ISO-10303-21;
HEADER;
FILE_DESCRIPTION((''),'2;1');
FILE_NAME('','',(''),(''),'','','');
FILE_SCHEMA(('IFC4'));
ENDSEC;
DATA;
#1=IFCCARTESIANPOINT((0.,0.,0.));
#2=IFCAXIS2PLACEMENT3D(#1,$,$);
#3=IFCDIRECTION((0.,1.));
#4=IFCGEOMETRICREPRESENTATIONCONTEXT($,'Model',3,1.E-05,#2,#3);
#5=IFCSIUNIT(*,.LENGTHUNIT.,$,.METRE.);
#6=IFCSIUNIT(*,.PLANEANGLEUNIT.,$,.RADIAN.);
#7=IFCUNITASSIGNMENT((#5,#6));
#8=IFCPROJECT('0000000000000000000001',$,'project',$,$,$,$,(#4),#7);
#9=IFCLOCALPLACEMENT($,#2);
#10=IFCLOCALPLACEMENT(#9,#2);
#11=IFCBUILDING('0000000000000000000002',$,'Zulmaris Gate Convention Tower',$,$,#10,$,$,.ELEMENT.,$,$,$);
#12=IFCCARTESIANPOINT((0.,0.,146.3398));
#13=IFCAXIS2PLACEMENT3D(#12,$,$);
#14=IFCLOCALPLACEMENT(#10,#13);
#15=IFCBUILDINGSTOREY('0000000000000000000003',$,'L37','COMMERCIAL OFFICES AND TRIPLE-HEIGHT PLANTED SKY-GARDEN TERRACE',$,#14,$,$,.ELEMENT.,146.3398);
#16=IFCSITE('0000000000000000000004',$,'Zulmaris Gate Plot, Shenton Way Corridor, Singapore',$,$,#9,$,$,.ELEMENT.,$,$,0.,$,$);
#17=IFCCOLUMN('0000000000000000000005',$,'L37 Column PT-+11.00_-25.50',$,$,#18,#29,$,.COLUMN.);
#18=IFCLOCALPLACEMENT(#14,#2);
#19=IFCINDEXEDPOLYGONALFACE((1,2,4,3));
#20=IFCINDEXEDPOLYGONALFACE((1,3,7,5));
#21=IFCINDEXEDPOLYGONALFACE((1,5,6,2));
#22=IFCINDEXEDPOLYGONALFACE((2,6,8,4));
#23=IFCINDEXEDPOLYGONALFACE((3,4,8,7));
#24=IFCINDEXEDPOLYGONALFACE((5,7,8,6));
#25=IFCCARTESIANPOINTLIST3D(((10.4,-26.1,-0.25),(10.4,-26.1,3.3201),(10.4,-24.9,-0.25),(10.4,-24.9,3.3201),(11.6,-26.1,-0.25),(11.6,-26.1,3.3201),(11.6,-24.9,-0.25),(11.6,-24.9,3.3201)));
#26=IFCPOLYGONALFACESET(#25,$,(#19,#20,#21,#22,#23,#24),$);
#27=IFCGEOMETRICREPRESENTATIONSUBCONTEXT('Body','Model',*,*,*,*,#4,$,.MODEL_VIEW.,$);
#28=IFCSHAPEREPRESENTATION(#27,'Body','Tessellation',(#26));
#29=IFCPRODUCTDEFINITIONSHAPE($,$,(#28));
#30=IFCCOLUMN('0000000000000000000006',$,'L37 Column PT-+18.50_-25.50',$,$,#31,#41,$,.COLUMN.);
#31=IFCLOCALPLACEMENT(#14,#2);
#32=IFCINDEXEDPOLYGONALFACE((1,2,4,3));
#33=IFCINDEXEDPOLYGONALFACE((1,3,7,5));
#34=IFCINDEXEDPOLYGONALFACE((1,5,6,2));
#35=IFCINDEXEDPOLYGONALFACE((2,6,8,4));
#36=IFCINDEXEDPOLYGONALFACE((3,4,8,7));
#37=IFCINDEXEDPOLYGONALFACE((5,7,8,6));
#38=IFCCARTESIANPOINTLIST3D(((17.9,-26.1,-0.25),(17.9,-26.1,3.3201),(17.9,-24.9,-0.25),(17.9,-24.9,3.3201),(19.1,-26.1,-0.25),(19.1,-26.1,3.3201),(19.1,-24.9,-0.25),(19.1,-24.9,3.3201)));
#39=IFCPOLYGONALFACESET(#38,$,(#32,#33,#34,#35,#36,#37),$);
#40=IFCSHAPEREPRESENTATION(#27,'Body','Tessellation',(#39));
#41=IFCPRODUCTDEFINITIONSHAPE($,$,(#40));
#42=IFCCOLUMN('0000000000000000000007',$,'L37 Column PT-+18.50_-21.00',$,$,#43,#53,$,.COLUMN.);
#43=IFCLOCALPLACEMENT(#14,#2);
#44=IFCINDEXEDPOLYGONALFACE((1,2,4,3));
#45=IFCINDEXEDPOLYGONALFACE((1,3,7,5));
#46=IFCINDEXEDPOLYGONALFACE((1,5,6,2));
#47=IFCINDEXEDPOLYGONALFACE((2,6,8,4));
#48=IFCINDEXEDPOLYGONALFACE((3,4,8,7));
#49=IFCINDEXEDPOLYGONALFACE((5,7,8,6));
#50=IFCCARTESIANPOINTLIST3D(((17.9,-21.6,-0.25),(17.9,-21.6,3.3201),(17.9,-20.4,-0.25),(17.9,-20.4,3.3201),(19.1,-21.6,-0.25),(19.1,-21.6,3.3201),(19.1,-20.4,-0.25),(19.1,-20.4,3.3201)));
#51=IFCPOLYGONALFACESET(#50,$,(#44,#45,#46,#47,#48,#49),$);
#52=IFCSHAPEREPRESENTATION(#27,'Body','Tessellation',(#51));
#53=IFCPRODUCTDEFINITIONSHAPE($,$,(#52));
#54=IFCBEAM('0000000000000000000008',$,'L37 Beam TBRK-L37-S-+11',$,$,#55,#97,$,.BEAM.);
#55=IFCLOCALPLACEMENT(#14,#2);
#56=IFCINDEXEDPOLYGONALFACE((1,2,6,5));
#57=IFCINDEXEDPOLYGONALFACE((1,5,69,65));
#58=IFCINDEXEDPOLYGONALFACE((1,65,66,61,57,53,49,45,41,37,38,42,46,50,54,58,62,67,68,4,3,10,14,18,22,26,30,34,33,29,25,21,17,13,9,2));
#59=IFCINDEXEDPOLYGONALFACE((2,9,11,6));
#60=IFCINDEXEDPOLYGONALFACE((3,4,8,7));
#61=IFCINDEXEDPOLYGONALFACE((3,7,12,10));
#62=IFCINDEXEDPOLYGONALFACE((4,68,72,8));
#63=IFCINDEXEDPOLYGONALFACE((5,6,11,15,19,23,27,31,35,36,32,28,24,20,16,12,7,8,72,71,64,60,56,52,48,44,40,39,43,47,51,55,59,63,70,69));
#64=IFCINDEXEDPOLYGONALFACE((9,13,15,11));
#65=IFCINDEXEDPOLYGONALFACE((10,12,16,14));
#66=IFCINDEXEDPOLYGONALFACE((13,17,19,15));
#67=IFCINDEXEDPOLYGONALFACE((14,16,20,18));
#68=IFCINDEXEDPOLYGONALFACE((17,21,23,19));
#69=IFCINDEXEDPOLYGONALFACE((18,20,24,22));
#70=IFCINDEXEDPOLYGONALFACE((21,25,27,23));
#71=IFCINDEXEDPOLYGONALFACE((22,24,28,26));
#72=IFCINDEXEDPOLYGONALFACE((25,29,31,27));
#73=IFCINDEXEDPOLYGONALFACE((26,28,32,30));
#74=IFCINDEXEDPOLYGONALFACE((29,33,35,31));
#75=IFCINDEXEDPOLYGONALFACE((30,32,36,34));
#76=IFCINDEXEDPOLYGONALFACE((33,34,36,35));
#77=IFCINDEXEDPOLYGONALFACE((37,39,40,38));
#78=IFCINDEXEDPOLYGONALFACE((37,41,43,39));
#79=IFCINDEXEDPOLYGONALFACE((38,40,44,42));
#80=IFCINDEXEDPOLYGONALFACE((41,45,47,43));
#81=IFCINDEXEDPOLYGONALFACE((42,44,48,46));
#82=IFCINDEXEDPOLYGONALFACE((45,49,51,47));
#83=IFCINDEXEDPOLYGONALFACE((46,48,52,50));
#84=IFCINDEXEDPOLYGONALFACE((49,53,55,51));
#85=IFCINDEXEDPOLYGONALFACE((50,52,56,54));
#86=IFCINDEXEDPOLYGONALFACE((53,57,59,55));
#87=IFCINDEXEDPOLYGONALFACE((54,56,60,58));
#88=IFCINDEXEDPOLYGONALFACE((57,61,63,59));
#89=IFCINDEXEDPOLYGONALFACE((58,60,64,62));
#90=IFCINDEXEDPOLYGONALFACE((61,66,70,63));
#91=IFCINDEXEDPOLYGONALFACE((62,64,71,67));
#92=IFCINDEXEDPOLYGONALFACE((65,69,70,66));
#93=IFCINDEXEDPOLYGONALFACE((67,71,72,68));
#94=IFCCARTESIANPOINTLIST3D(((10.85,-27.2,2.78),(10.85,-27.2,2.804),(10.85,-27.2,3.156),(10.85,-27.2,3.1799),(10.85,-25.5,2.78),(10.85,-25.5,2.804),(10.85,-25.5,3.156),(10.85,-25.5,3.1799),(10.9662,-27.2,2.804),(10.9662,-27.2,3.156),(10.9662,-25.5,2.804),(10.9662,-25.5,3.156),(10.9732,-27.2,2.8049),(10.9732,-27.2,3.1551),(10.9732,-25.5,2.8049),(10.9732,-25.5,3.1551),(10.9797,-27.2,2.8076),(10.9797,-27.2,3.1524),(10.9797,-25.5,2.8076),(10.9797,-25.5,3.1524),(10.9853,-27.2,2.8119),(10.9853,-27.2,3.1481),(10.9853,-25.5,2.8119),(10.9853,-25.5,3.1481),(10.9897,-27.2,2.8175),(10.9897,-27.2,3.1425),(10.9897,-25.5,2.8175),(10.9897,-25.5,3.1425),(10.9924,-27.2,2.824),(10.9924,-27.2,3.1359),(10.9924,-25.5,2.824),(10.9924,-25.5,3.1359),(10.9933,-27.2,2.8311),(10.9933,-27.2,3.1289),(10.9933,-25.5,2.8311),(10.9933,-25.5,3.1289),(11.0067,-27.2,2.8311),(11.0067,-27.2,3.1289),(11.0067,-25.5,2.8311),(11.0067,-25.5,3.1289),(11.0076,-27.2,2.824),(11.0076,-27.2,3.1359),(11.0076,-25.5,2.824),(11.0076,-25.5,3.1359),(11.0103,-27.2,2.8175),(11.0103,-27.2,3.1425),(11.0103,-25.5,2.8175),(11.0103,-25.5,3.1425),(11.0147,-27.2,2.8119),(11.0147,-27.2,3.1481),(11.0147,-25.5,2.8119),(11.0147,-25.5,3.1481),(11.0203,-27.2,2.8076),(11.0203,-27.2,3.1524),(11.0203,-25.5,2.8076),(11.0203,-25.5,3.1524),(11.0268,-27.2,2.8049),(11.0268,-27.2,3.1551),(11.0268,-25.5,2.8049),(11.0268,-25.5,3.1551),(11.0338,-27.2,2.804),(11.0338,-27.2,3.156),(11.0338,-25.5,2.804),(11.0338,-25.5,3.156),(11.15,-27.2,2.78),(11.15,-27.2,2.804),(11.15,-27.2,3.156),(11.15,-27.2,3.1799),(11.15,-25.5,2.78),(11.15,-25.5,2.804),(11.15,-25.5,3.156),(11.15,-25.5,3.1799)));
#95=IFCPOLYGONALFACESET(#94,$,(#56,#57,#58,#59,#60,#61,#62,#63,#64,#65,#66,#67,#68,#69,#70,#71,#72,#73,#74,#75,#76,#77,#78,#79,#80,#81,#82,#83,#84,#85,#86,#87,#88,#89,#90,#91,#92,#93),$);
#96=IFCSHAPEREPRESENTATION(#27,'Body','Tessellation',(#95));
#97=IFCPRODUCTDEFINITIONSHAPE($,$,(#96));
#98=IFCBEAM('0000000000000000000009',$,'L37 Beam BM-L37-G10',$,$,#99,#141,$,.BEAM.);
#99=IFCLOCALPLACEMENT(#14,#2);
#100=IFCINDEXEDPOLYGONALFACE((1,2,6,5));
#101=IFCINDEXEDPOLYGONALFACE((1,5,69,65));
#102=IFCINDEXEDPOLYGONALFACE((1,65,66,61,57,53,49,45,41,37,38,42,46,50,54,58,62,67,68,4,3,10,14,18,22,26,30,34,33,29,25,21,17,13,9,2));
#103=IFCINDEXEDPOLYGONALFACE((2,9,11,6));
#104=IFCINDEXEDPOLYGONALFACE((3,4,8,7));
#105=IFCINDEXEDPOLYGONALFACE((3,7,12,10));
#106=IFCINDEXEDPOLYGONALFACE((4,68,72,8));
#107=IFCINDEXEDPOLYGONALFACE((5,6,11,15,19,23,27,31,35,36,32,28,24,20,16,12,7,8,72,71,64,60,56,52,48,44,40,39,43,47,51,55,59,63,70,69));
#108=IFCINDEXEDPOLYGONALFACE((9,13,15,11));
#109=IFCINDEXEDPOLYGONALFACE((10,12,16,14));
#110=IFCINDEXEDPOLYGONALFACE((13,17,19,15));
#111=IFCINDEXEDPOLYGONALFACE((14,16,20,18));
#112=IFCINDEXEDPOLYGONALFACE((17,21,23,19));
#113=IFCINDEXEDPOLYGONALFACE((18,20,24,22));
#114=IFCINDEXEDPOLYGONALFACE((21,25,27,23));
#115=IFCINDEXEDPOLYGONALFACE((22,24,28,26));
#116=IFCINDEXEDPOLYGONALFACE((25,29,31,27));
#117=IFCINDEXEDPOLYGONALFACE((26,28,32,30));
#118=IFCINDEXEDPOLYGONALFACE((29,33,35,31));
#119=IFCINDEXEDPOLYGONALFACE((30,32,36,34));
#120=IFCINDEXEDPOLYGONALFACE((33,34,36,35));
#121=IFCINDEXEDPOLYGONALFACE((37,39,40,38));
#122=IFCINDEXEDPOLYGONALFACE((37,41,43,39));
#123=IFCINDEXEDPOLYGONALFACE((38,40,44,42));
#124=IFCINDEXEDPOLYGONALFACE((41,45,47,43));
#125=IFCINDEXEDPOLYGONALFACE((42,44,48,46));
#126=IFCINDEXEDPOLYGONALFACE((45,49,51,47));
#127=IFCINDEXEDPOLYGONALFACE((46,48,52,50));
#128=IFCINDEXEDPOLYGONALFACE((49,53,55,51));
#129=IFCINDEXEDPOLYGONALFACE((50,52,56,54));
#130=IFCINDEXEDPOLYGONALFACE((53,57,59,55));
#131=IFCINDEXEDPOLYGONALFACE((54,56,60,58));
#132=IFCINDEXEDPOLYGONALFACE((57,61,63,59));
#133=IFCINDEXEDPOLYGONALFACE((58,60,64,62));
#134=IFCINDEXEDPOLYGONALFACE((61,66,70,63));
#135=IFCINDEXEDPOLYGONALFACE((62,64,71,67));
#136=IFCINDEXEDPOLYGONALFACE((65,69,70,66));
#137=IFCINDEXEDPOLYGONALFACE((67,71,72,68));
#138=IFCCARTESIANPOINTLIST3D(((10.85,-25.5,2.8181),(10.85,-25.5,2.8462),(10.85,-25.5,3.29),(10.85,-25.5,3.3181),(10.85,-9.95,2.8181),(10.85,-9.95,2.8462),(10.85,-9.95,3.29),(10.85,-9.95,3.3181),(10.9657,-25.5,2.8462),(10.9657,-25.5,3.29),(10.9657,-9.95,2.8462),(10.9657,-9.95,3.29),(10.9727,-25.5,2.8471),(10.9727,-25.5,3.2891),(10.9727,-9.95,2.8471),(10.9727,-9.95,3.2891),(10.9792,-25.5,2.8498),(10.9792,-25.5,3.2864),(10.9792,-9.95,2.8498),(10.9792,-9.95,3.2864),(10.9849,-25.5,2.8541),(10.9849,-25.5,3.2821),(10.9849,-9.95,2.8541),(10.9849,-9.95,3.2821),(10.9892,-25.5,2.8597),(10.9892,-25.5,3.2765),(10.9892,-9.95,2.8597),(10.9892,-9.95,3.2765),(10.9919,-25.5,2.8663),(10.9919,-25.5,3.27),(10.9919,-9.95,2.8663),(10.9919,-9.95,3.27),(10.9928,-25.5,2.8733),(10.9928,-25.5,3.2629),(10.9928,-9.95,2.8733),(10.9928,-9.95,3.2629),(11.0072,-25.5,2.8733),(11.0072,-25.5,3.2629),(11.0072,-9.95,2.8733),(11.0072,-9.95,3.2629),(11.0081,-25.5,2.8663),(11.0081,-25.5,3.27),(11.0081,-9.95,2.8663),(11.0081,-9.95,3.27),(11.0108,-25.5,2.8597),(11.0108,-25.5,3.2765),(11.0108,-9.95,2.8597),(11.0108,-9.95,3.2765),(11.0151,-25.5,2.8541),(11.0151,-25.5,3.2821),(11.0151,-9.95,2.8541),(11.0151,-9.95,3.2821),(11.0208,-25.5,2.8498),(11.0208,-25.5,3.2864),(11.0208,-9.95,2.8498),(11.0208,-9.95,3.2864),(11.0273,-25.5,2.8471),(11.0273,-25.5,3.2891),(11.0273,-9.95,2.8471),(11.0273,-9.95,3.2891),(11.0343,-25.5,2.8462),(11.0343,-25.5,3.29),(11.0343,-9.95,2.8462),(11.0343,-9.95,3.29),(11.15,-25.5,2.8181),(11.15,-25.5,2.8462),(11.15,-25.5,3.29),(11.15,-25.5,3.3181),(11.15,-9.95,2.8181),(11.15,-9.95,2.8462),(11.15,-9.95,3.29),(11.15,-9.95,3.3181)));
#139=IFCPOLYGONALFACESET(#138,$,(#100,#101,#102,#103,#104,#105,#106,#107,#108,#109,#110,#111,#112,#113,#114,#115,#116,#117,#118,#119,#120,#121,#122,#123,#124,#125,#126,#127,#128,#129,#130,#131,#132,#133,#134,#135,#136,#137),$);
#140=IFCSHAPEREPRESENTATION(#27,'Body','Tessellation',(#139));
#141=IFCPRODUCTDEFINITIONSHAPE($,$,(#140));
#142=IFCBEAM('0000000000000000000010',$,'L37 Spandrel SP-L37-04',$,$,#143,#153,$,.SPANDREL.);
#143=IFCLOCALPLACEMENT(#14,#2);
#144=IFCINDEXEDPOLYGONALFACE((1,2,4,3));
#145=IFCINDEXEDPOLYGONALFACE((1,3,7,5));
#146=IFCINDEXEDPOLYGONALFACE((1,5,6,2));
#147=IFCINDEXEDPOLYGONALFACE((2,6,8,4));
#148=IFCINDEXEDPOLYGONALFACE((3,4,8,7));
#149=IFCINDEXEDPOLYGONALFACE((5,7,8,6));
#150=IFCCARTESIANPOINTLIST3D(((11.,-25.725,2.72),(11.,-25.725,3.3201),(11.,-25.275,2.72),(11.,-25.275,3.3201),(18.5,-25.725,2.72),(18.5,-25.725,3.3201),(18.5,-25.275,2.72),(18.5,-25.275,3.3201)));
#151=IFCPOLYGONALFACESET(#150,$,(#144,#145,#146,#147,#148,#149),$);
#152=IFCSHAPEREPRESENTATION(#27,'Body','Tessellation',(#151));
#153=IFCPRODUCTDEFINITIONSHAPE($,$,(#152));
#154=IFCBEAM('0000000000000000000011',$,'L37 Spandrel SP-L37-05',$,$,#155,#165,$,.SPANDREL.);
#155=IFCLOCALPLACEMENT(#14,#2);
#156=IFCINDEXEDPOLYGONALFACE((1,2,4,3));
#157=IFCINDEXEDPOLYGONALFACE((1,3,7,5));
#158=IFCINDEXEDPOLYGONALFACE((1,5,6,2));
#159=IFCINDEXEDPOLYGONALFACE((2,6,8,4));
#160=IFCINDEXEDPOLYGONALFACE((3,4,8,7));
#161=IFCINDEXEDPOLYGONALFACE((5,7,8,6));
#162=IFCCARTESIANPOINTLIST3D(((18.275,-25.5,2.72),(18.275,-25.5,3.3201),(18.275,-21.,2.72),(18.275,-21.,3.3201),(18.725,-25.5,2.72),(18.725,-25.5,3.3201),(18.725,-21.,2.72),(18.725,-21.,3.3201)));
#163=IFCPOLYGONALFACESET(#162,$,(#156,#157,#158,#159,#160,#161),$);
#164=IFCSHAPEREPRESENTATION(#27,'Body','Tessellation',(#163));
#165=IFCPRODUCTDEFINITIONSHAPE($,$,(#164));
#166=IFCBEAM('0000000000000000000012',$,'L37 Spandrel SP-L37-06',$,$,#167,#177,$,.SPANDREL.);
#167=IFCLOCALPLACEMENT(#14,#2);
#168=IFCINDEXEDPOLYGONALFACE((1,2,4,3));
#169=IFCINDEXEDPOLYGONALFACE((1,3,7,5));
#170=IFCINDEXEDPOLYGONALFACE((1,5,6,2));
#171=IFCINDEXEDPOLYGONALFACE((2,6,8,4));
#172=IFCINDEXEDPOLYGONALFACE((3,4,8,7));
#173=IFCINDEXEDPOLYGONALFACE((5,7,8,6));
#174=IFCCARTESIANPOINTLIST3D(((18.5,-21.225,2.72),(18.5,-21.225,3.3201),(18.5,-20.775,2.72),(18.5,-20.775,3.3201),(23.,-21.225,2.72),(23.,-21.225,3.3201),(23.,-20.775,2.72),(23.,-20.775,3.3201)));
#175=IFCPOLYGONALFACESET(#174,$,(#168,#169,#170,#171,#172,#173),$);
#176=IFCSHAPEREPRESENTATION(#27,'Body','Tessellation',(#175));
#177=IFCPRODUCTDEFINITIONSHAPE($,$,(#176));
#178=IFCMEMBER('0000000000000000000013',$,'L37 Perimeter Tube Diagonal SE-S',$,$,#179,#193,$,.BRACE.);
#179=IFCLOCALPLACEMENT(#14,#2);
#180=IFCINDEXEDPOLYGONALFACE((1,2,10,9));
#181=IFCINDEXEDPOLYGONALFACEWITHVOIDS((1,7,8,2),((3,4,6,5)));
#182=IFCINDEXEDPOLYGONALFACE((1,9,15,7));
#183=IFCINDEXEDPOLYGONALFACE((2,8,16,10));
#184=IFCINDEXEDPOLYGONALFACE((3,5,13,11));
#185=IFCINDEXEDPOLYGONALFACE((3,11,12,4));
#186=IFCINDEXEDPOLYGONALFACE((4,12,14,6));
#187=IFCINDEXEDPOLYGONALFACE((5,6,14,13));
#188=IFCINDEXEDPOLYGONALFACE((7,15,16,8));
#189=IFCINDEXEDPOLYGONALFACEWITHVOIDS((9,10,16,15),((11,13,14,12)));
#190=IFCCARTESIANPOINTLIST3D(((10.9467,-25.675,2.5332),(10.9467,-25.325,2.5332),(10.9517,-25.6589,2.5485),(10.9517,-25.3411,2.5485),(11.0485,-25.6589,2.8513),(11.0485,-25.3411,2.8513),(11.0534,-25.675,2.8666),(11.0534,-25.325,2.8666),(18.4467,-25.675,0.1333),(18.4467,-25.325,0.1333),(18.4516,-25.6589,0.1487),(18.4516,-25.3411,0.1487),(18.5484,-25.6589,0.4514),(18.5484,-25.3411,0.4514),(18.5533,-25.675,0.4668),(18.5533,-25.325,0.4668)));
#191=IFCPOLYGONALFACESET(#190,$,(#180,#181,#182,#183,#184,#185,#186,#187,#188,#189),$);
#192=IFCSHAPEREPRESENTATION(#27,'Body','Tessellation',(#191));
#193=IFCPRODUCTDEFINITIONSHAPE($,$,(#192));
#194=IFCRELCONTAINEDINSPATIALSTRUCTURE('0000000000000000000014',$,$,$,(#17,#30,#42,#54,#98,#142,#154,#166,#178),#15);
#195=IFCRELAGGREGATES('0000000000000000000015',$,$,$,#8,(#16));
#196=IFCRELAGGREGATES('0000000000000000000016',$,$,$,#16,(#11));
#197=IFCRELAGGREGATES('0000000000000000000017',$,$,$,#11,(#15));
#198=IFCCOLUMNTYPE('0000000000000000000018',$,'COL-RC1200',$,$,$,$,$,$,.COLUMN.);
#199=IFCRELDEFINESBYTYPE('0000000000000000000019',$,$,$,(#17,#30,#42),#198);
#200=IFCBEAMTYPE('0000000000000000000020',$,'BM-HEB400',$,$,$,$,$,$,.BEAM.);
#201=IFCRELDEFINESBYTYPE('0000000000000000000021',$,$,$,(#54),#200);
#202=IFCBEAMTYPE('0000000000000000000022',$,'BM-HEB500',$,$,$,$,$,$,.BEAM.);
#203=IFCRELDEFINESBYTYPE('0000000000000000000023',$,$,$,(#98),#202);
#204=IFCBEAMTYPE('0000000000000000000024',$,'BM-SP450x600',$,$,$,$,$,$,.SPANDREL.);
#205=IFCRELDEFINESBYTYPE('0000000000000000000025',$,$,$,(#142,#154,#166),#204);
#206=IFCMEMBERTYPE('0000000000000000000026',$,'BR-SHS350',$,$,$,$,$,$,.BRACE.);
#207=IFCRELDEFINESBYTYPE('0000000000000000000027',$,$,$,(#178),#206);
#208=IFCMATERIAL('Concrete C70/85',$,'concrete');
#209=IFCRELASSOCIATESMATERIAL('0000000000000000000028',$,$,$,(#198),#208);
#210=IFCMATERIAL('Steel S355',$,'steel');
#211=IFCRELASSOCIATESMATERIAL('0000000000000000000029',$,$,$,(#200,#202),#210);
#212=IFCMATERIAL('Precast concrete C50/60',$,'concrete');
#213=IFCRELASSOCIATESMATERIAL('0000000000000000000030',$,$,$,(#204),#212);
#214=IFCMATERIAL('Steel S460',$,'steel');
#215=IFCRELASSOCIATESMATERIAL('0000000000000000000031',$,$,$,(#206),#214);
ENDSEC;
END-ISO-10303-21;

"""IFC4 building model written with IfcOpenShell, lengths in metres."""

from ifc_helpers import new_model, si_unit, direction, frame, origin, origin_2d, place, context, subcontext, project, spatial, rectangle, hollow_rectangle, i_section, extrude, material, material_profile, profile_set, type_object, element, save


model = new_model("IFC4")

# Units and contexts
model_context = context("Model", 3, precision=1e-05, world=origin(), true_north=direction((0.0, 1.0)))
body_context = subcontext(model_context, "Body", "Model", "MODEL_VIEW")
ifc_project = project(units=[si_unit("LENGTHUNIT", "METRE"), si_unit("PLANEANGLEUNIT", "RADIAN")], contexts=[model_context])

# Site, building, storey
site_placement = place(None, origin())
site = spatial("IfcSite", under=ifc_project, at=site_placement, Name="Zulmaris Gate Plot, Shenton Way Corridor, Singapore", CompositionType="ELEMENT", RefElevation=0.0)
building_placement = place(site_placement, origin())
building = spatial("IfcBuilding", under=site, at=building_placement, Name="Zulmaris Gate Convention Tower", CompositionType="ELEMENT")
storey_placement = place(building_placement, frame((0.0, 0.0, 146.3398)))
storey = spatial("IfcBuildingStorey", under=building, at=storey_placement, Name="L37", Description="COMMERCIAL OFFICES AND TRIPLE-HEIGHT PLANTED SKY-GARDEN TERRACE", CompositionType="ELEMENT", Elevation=146.3398)

# Columns
ifc_material_1 = material(Name="Concrete C70/85", Category="concrete")
ifc_material_profile_1 = material_profile(ifc_material_1, rectangle(XDim=1.2, YDim=1.2, at=origin_2d()), Name="RC COL 1200x1200")
ifc_profile_set_1 = profile_set([ifc_material_profile_1], Name="Concrete C70/85")
column_type = type_object("IfcColumnType", Name="COL-RC1200", PredefinedType="COLUMN", material=ifc_profile_set_1)
for number, where, z_axis, x_axis, name in (
    (1, (11.0, -25.5, -0.25), (0.0, 0.0, 1.0), (1.0, 0.0, 0.0), "L37 Column PT-+11.00_-25.50"),
    (2, (18.5, -25.5, -0.25), (0.0, 0.0, 1.0), (1.0, 0.0, 0.0), "L37 Column PT-+18.50_-25.50"),
    (3, (18.5, -21.0, -0.25), (0.0, 0.0, 1.0), (1.0, 0.0, 0.0), "L37 Column PT-+18.50_-21.00"),
):
    element("IfcColumn", number, at=place(storey_placement, frame(where, z_axis=z_axis, x_axis=x_axis)), inside=storey, type_object=column_type, Name=name, PredefinedType="COLUMN", context=body_context, shape_type="SweptSolid", body=[
        extrude(rectangle(XDim=1.2, YDim=1.2, at=origin_2d()), origin(), (0.0, 0.0, 1.0), 3.5701),
    ])

# Beams
ifc_material_2 = material(Name="Steel S355", Category="steel")
ifc_material_profile_2 = material_profile(ifc_material_2, i_section(OverallWidth=0.3, OverallDepth=0.3999, WebThickness=0.0134, FlangeThickness=0.0239, FilletRadius=0.0271, at=origin_2d()), Name="HEB 400")
ifc_profile_set_2 = profile_set([ifc_material_profile_2], Name="Steel S355")
beam_type_1 = type_object("IfcBeamType", Name="BM-HEB400", PredefinedType="BEAM", material=ifc_profile_set_2)
beam_1_placement = place(storey_placement, frame((11.0, -27.2, 2.98), z_axis=(0.0, 1.0, 0.0), x_axis=(-1.0, 0.0, 0.0)))
element("IfcBeam", 4, at=beam_1_placement, inside=storey, type_object=beam_type_1, Name="L37 Beam TBRK-L37-S-+11", PredefinedType="BEAM", context=body_context, shape_type="SweptSolid", body=[
    extrude(i_section(OverallWidth=0.3, OverallDepth=0.3999, WebThickness=0.0134, FlangeThickness=0.0239, FilletRadius=0.0271, at=origin_2d()), origin(), (0.0, 0.0, 1.0), 1.7),
])
ifc_material_profile_3 = material_profile(ifc_material_2, i_section(OverallWidth=0.3, OverallDepth=0.5, WebThickness=0.0144, FlangeThickness=0.0281, FilletRadius=0.0271, at=origin_2d()), Name="HEB 500")
ifc_profile_set_3 = profile_set([ifc_material_profile_3], Name="Steel S355")
beam_type_2 = type_object("IfcBeamType", Name="BM-HEB500", PredefinedType="BEAM", material=ifc_profile_set_3)
beam_2_placement = place(storey_placement, frame((11.0, -25.5, 3.0681), z_axis=(0.0, 1.0, 0.0), x_axis=(-1.0, 0.0, 0.0)))
element("IfcBeam", 5, at=beam_2_placement, inside=storey, type_object=beam_type_2, Name="L37 Beam BM-L37-G10", PredefinedType="BEAM", context=body_context, shape_type="SweptSolid", body=[
    extrude(i_section(OverallWidth=0.3, OverallDepth=0.5, WebThickness=0.0144, FlangeThickness=0.0281, FilletRadius=0.0271, at=origin_2d()), origin(), (0.0, 0.0, 1.0), 15.55),
])
ifc_material_3 = material(Name="Precast concrete C50/60", Category="concrete")
ifc_material_profile_4 = material_profile(ifc_material_3, rectangle(XDim=0.45, YDim=0.6001, at=origin_2d()), Name="RC SPANDREL 450x600")
ifc_profile_set_4 = profile_set([ifc_material_profile_4], Name="Precast concrete C50/60")
beam_type_3 = type_object("IfcBeamType", Name="BM-SP450x600", PredefinedType="SPANDREL", material=ifc_profile_set_4)
beam_3_placement = place(storey_placement, frame((11.0, -25.5, 3.02), z_axis=(1.0, 0.0, 0.0), x_axis=(0.0, 1.0, 0.0)))
element("IfcBeam", 6, at=beam_3_placement, inside=storey, type_object=beam_type_3, Name="L37 Spandrel SP-L37-04", PredefinedType="SPANDREL", context=body_context, shape_type="SweptSolid", body=[
    extrude(rectangle(XDim=0.45, YDim=0.6001, at=origin_2d()), origin(), (0.0, 0.0, 1.0), 7.5),
])
for number, where, z_axis, x_axis, name in (
    (7, (18.5, -25.5, 3.02), (0.0, 1.0, 0.0), (-1.0, 0.0, 0.0), "L37 Spandrel SP-L37-05"),
    (8, (18.5, -21.0, 3.02), (1.0, 0.0, 0.0), (0.0, 1.0, 0.0), "L37 Spandrel SP-L37-06"),
):
    element("IfcBeam", number, at=place(storey_placement, frame(where, z_axis=z_axis, x_axis=x_axis)), inside=storey, type_object=beam_type_3, Name=name, PredefinedType="SPANDREL", context=body_context, shape_type="SweptSolid", body=[
        extrude(rectangle(XDim=0.45, YDim=0.6001, at=origin_2d()), origin(), (0.0, 0.0, 1.0), 4.5),
    ])

# Member
ifc_material_4 = material(Name="Steel S460", Category="steel")
ifc_material_profile_5 = material_profile(ifc_material_4, hollow_rectangle(XDim=0.3501, YDim=0.3501, WallThickness=0.0161, at=origin_2d()), Name="SHS 350x350x16")
ifc_profile_set_5 = profile_set([ifc_material_profile_5], Name="Steel S460")
member_type_1 = type_object("IfcMemberType", Name="BR-SHS350", PredefinedType="BRACE", material=ifc_profile_set_5)
member_1_placement = place(storey_placement, frame((18.5, -25.5, 0.3), z_axis=(-0.952428, 0.0, 0.304764), x_axis=(0.0, -1.0, 0.0)))
element("IfcMember", 9, at=member_1_placement, inside=storey, type_object=member_type_1, Name="L37 Perimeter Tube Diagonal SE-S", PredefinedType="BRACE", context=body_context, shape_type="SweptSolid", body=[
    extrude(hollow_rectangle(XDim=0.3501, YDim=0.3501, WallThickness=0.0161, at=origin_2d()), origin(), (0.0, 0.0, 1.0), 7.8745),
])

save(model, "model.ifc")
